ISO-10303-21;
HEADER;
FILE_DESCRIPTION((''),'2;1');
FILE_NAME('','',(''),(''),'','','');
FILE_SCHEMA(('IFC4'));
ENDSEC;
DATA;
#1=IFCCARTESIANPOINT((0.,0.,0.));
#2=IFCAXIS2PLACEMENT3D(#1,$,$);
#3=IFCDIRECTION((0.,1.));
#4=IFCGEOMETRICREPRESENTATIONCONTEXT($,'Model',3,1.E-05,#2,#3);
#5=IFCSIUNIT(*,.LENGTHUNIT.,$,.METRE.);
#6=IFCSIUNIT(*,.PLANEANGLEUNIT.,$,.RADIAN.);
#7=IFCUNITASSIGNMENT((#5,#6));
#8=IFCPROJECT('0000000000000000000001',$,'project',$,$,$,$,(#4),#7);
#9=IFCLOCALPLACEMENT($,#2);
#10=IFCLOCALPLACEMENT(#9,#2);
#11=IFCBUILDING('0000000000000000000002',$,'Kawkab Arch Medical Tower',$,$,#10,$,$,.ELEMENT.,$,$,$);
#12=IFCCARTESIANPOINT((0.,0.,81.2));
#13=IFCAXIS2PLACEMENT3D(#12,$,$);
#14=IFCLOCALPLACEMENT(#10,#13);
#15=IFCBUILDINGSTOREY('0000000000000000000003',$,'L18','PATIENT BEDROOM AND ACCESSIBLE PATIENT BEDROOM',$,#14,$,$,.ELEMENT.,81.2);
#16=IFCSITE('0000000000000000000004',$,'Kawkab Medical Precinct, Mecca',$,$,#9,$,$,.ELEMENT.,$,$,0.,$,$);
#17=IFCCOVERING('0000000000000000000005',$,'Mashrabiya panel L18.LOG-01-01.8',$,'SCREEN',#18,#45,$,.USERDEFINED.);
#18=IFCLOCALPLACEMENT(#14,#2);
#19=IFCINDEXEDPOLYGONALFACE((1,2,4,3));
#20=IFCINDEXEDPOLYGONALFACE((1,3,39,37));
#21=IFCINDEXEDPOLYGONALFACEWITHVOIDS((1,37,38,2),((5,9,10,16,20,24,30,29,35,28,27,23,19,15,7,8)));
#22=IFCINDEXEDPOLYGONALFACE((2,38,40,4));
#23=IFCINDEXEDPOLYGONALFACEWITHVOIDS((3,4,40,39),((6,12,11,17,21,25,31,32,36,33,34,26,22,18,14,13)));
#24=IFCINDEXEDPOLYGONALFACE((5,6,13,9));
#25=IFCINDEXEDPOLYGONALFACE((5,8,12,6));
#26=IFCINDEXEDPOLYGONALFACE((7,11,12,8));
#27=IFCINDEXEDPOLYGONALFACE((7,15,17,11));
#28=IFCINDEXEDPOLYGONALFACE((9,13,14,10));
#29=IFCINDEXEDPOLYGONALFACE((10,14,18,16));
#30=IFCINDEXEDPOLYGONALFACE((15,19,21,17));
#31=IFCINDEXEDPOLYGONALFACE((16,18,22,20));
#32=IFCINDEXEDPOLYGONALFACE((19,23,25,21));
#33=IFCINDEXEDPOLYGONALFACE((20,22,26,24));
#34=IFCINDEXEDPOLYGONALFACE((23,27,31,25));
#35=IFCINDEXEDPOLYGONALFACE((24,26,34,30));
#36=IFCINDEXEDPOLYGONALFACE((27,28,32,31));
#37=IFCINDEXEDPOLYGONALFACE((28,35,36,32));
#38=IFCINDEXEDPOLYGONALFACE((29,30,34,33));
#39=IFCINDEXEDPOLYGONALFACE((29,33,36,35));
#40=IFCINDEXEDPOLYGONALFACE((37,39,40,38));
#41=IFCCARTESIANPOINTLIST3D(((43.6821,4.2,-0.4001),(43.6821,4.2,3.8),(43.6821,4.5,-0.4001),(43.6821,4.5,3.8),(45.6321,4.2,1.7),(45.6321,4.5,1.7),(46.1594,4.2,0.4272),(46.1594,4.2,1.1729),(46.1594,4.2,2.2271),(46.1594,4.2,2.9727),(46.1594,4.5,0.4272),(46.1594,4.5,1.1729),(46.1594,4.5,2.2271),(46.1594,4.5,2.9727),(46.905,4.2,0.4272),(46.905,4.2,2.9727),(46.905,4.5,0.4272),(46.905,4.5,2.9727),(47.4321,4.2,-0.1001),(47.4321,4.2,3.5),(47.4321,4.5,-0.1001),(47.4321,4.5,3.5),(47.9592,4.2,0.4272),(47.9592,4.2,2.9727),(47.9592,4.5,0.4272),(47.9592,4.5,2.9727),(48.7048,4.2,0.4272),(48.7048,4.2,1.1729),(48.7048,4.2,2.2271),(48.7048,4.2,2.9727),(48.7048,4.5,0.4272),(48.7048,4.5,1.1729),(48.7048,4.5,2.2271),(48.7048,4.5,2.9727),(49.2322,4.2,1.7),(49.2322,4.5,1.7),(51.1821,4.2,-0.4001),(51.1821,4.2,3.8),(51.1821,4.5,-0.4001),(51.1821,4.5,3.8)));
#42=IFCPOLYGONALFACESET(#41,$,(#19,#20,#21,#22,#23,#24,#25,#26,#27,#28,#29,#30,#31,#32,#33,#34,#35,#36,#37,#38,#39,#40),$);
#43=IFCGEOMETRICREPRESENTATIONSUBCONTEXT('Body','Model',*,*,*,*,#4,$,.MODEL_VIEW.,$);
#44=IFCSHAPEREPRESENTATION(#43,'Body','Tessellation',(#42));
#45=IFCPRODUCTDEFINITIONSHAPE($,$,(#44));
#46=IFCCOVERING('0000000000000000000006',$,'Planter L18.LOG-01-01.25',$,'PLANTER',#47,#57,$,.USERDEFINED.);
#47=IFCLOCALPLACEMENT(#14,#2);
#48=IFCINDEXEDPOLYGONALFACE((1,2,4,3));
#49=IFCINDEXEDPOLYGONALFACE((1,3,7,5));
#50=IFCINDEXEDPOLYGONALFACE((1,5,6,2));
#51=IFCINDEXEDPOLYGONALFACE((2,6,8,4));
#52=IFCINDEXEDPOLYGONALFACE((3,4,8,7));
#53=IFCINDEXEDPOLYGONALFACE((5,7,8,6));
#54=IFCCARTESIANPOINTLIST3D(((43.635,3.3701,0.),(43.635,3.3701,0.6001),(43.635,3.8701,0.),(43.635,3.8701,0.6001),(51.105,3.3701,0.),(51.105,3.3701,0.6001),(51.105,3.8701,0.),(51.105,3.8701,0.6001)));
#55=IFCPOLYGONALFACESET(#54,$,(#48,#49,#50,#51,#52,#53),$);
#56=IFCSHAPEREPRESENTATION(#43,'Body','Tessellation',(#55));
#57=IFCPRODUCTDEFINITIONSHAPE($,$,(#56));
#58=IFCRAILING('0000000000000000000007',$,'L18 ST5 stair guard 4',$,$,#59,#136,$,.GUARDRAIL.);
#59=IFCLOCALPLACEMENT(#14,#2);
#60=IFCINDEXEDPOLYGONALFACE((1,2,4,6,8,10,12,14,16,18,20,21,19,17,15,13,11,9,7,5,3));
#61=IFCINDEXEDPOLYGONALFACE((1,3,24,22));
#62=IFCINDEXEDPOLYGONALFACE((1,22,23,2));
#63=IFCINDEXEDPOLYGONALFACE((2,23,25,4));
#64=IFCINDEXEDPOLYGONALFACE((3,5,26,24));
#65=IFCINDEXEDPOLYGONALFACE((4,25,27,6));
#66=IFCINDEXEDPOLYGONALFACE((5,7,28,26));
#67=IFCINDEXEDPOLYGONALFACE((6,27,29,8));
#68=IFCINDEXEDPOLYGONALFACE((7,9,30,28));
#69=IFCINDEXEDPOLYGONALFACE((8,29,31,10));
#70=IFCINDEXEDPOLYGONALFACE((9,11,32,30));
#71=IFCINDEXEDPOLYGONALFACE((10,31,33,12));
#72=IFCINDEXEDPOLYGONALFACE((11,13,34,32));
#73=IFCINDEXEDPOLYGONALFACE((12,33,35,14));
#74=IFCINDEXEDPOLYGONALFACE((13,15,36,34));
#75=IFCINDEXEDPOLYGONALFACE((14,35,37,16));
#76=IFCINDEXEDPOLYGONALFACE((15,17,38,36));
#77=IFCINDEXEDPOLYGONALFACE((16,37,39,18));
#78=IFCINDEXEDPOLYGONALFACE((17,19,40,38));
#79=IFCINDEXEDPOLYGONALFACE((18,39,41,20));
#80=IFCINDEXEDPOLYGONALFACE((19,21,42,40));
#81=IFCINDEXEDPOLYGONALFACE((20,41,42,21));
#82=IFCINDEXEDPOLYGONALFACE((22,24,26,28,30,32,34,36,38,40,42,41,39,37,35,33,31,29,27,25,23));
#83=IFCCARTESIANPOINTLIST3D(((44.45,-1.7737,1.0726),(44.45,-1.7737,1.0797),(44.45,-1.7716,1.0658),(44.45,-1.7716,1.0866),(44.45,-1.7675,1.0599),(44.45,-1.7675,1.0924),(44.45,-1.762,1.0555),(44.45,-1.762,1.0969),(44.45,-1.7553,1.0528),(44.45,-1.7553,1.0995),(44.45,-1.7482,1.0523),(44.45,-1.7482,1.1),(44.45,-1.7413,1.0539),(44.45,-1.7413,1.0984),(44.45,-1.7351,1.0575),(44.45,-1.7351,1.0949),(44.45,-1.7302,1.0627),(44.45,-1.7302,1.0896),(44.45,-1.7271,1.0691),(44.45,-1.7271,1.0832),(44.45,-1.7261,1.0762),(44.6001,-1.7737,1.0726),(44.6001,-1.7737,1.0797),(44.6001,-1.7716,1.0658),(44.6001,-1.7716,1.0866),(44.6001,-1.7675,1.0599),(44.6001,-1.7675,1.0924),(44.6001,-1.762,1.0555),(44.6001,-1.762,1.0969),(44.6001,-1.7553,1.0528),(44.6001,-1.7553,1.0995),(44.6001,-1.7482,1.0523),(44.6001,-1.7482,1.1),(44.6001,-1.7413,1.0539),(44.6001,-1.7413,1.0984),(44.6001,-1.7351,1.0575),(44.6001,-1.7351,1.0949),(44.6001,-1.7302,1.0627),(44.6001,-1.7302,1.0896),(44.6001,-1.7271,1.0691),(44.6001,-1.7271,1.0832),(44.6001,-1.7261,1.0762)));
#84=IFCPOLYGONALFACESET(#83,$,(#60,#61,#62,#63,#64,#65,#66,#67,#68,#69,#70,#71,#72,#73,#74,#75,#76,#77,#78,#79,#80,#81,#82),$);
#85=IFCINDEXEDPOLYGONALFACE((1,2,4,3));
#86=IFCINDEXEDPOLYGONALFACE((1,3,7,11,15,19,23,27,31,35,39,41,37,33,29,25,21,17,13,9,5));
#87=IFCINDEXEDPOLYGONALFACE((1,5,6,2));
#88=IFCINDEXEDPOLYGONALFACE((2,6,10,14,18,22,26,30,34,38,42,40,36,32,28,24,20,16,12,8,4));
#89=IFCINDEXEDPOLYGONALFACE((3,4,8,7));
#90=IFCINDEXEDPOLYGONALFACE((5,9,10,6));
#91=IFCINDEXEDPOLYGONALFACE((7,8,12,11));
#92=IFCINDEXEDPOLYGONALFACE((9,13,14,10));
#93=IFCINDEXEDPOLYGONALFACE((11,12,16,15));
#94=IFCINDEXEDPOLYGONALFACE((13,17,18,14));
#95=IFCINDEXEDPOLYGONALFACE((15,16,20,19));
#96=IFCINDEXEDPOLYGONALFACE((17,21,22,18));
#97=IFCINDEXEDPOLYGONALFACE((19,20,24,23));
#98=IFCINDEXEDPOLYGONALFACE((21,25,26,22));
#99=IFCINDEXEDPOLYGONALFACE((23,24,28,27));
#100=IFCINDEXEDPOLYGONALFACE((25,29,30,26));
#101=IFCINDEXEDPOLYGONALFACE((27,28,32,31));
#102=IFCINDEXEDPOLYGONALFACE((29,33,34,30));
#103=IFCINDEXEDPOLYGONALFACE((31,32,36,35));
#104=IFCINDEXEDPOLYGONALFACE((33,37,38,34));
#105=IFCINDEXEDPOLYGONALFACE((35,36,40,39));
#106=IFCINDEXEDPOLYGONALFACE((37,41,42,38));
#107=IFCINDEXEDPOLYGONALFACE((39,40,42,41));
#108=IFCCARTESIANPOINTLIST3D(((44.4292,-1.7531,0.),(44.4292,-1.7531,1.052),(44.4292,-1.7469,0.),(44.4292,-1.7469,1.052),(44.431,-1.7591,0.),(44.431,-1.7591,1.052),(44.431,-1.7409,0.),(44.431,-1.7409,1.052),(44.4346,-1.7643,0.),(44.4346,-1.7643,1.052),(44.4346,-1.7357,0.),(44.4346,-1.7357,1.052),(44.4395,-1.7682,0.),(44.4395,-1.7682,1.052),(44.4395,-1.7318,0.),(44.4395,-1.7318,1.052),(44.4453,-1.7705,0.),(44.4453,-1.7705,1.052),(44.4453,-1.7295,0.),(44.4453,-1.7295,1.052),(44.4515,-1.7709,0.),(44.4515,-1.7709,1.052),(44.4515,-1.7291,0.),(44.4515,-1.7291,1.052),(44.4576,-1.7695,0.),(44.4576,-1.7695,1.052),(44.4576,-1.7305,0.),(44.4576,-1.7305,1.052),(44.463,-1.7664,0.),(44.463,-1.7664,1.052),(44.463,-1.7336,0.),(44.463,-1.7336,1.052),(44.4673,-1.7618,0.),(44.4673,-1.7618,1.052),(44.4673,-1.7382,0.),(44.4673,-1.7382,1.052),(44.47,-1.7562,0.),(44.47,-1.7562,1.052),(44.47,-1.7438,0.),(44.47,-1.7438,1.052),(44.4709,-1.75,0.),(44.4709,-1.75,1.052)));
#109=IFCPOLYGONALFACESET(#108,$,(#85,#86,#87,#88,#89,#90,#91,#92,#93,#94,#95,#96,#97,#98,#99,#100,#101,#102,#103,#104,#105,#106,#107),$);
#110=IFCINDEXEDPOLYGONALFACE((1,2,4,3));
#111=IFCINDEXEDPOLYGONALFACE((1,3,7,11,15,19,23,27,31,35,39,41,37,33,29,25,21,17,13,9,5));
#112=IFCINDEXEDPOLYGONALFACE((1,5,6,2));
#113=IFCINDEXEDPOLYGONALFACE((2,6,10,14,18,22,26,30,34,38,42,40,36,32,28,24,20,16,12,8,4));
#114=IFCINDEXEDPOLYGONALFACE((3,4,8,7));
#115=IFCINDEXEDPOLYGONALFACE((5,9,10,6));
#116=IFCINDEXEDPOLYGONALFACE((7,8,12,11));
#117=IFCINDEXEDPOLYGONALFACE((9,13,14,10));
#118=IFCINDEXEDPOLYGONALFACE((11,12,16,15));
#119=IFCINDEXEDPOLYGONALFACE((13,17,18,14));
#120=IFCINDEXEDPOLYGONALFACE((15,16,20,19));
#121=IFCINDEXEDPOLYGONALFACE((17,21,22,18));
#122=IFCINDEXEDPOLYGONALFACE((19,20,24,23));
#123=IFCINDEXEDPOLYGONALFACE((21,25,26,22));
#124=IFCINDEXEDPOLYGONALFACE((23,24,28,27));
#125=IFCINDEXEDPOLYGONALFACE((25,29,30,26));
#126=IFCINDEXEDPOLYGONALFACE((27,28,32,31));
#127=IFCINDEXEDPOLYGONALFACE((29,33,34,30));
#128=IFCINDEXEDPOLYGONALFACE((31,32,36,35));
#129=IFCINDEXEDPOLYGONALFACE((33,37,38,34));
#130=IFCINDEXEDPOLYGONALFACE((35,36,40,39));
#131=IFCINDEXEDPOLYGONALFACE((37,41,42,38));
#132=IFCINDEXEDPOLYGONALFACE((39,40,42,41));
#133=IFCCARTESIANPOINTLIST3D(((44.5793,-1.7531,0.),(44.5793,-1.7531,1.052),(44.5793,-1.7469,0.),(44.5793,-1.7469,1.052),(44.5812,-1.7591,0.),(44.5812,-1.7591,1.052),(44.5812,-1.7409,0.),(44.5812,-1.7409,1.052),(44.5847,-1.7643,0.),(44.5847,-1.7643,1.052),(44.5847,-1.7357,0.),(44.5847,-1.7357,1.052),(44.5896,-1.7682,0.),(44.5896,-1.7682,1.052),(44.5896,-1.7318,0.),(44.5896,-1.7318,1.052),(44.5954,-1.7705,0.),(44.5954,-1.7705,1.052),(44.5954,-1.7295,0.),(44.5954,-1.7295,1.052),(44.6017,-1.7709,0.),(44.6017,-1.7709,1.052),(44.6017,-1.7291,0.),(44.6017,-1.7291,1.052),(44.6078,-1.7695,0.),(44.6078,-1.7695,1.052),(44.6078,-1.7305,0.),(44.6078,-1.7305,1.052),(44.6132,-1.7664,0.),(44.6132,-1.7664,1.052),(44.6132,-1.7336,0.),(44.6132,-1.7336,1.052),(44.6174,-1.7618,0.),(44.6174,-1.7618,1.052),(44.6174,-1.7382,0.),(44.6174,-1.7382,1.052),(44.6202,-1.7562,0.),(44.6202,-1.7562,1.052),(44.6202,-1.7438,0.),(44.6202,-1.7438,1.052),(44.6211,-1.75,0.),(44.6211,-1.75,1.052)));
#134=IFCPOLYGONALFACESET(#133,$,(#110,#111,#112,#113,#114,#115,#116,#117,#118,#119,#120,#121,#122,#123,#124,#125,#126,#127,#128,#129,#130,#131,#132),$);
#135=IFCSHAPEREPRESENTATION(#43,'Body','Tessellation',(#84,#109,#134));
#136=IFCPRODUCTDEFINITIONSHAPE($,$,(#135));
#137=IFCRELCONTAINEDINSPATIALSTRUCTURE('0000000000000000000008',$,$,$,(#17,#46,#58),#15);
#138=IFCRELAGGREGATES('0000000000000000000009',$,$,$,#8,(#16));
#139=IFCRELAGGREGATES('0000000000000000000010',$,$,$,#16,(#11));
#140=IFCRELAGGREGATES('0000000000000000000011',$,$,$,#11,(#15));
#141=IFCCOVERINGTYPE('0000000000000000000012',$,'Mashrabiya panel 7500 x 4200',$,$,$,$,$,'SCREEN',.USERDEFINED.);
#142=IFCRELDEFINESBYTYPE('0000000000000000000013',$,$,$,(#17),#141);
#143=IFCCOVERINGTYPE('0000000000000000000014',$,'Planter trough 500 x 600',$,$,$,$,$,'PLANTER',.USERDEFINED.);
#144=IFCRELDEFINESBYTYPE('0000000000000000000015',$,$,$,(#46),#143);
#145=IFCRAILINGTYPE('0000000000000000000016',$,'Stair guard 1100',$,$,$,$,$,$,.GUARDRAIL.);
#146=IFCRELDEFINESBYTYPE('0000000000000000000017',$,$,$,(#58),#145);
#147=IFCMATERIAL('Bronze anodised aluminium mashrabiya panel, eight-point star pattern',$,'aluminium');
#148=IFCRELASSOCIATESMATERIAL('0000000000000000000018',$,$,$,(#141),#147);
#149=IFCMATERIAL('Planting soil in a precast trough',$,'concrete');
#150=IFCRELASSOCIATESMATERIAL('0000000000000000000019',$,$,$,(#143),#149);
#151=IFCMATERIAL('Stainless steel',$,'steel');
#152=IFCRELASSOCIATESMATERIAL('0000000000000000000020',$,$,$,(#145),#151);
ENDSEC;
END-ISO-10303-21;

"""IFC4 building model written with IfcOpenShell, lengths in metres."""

from ifc_helpers import new_model, si_unit, direction, frame, origin, origin_2d, place, context, subcontext, project, spatial, polyline, rectangle, circle, outline, extrude, material, material_profile, profile_set, type_object, element, save


model = new_model("IFC4")

# Units and contexts
model_context = context("Model", 3, precision=1e-05, world=origin(), true_north=direction((0.0, 1.0)))
body_context = subcontext(model_context, "Body", "Model", "MODEL_VIEW")
ifc_project = project(units=[si_unit("LENGTHUNIT", "METRE"), si_unit("PLANEANGLEUNIT", "RADIAN")], contexts=[model_context])

# Site, building, storey
site_placement = place(None, origin())
site = spatial("IfcSite", under=ifc_project, at=site_placement, Name="Kawkab Medical Precinct, Mecca", CompositionType="ELEMENT", RefElevation=0.0)
building_placement = place(site_placement, origin())
building = spatial("IfcBuilding", under=site, at=building_placement, Name="Kawkab Arch Medical Tower", CompositionType="ELEMENT")
storey_placement = place(building_placement, frame((0.0, 0.0, 81.2)))
storey = spatial("IfcBuildingStorey", under=building, at=storey_placement, Name="L18", Description="PATIENT BEDROOM AND ACCESSIBLE PATIENT BEDROOM", CompositionType="ELEMENT", Elevation=81.2)

# Coverings
ifc_material_1 = material(Name="Bronze anodised aluminium mashrabiya panel, eight-point star pattern", Category="aluminium")
ifc_material_profile_1 = material_profile(ifc_material_1, outline(polyline([(-3.75, -2.1001), (3.75, -2.1001), (3.75, 2.1001), (-3.75, 2.1001), (-3.75, -2.1001)]), holes=[polyline([(1.8, 0.0), (1.2727, 0.5271), (1.2727, 1.2727), (0.5271, 1.2727), (0.0, 1.8), (-0.5271, 1.2727), (-1.2727, 1.2727), (-1.2727, 0.5271), (-1.8, 0.0), (-1.2727, -0.5271), (-1.2727, -1.2727), (-0.5271, -1.2727), (0.0, -1.8), (0.5271, -1.2727), (1.2727, -1.2727), (1.2727, -0.5271), (1.8, 0.0)])]), Name="Mashrabiya panel 7500x4200")
ifc_profile_set_1 = profile_set([ifc_material_profile_1], Name="Bronze anodised aluminium mashrabiya panel, eight-point star pattern")
covering_type_1 = type_object("IfcCoveringType", Name="Mashrabiya panel 7500 x 4200", ElementType="SCREEN", PredefinedType="USERDEFINED", material=ifc_profile_set_1)
covering_1_placement = place(storey_placement, frame((47.4321, 4.2, 1.7), z_axis=(0.0, 1.0, 0.0), x_axis=(-1.0, 0.0, 0.0)))
element("IfcCovering", 1, at=covering_1_placement, inside=storey, type_object=covering_type_1, Name="Mashrabiya panel L18.LOG-01-01.8", ObjectType="SCREEN", PredefinedType="USERDEFINED", context=body_context, shape_type="SweptSolid", body=[
    extrude(outline(polyline([(-3.75, -2.1001), (3.75, -2.1001), (3.75, 2.1001), (-3.75, 2.1001), (-3.75, -2.1001)]), holes=[polyline([(1.8, 0.0), (1.2727, 0.5271), (1.2727, 1.2727), (0.5271, 1.2727), (0.0, 1.8), (-0.5271, 1.2727), (-1.2727, 1.2727), (-1.2727, 0.5271), (-1.8, 0.0), (-1.2727, -0.5271), (-1.2727, -1.2727), (-0.5271, -1.2727), (0.0, -1.8), (0.5271, -1.2727), (1.2727, -1.2727), (1.2727, -0.5271), (1.8, 0.0)])]), origin(), (0.0, 0.0, 1.0), 0.3),
])
ifc_material_2 = material(Name="Planting soil in a precast trough", Category="concrete")
ifc_material_profile_2 = material_profile(ifc_material_2, rectangle(XDim=0.5, YDim=0.6001, at=origin_2d()), Name="Trough 500x600")
ifc_profile_set_2 = profile_set([ifc_material_profile_2], Name="Planting soil in a precast trough")
covering_type_2 = type_object("IfcCoveringType", Name="Planter trough 500 x 600", ElementType="PLANTER", PredefinedType="USERDEFINED", material=ifc_profile_set_2)
covering_2_placement = place(storey_placement, frame((43.635, 3.6201, 0.3), z_axis=(1.0, 0.0, 0.0), x_axis=(0.0, 1.0, 0.0)))
element("IfcCovering", 2, at=covering_2_placement, inside=storey, type_object=covering_type_2, Name="Planter L18.LOG-01-01.25", ObjectType="PLANTER", PredefinedType="USERDEFINED", context=body_context, shape_type="SweptSolid", body=[
    extrude(rectangle(XDim=0.5, YDim=0.6001, at=origin_2d()), origin(), (0.0, 0.0, 1.0), 7.47),
])

# Railing
ifc_material_3 = material(Name="Stainless steel", Category="steel")
railing_type_1 = type_object("IfcRailingType", Name="Stair guard 1100", PredefinedType="GUARDRAIL", material=ifc_material_3)
railing_1_placement = place(storey_placement, frame((44.45, -1.75, 0.0)))
element("IfcRailing", 3, at=railing_1_placement, inside=storey, type_object=railing_type_1, Name="L18 ST5 stair guard 4", PredefinedType="GUARDRAIL", context=body_context, shape_type="SweptSolid", body=[
    extrude(circle(Radius=0.0239, at=origin_2d()), frame((0.0, 0.0, 1.0762), z_axis=(1.0, 0.0, 0.0), x_axis=(0.0, 1.0, 0.0)), (0.0, 0.0, 1.0), 0.1501),
    extrude(circle(Radius=0.021, at=origin_2d()), origin(), (0.0, 0.0, 1.0), 1.052),
    extrude(circle(Radius=0.021, at=origin_2d()), frame((0.1501, 0.0, 0.0)), (0.0, 0.0, 1.0), 1.052),
])

save(model, "model.ifc")
